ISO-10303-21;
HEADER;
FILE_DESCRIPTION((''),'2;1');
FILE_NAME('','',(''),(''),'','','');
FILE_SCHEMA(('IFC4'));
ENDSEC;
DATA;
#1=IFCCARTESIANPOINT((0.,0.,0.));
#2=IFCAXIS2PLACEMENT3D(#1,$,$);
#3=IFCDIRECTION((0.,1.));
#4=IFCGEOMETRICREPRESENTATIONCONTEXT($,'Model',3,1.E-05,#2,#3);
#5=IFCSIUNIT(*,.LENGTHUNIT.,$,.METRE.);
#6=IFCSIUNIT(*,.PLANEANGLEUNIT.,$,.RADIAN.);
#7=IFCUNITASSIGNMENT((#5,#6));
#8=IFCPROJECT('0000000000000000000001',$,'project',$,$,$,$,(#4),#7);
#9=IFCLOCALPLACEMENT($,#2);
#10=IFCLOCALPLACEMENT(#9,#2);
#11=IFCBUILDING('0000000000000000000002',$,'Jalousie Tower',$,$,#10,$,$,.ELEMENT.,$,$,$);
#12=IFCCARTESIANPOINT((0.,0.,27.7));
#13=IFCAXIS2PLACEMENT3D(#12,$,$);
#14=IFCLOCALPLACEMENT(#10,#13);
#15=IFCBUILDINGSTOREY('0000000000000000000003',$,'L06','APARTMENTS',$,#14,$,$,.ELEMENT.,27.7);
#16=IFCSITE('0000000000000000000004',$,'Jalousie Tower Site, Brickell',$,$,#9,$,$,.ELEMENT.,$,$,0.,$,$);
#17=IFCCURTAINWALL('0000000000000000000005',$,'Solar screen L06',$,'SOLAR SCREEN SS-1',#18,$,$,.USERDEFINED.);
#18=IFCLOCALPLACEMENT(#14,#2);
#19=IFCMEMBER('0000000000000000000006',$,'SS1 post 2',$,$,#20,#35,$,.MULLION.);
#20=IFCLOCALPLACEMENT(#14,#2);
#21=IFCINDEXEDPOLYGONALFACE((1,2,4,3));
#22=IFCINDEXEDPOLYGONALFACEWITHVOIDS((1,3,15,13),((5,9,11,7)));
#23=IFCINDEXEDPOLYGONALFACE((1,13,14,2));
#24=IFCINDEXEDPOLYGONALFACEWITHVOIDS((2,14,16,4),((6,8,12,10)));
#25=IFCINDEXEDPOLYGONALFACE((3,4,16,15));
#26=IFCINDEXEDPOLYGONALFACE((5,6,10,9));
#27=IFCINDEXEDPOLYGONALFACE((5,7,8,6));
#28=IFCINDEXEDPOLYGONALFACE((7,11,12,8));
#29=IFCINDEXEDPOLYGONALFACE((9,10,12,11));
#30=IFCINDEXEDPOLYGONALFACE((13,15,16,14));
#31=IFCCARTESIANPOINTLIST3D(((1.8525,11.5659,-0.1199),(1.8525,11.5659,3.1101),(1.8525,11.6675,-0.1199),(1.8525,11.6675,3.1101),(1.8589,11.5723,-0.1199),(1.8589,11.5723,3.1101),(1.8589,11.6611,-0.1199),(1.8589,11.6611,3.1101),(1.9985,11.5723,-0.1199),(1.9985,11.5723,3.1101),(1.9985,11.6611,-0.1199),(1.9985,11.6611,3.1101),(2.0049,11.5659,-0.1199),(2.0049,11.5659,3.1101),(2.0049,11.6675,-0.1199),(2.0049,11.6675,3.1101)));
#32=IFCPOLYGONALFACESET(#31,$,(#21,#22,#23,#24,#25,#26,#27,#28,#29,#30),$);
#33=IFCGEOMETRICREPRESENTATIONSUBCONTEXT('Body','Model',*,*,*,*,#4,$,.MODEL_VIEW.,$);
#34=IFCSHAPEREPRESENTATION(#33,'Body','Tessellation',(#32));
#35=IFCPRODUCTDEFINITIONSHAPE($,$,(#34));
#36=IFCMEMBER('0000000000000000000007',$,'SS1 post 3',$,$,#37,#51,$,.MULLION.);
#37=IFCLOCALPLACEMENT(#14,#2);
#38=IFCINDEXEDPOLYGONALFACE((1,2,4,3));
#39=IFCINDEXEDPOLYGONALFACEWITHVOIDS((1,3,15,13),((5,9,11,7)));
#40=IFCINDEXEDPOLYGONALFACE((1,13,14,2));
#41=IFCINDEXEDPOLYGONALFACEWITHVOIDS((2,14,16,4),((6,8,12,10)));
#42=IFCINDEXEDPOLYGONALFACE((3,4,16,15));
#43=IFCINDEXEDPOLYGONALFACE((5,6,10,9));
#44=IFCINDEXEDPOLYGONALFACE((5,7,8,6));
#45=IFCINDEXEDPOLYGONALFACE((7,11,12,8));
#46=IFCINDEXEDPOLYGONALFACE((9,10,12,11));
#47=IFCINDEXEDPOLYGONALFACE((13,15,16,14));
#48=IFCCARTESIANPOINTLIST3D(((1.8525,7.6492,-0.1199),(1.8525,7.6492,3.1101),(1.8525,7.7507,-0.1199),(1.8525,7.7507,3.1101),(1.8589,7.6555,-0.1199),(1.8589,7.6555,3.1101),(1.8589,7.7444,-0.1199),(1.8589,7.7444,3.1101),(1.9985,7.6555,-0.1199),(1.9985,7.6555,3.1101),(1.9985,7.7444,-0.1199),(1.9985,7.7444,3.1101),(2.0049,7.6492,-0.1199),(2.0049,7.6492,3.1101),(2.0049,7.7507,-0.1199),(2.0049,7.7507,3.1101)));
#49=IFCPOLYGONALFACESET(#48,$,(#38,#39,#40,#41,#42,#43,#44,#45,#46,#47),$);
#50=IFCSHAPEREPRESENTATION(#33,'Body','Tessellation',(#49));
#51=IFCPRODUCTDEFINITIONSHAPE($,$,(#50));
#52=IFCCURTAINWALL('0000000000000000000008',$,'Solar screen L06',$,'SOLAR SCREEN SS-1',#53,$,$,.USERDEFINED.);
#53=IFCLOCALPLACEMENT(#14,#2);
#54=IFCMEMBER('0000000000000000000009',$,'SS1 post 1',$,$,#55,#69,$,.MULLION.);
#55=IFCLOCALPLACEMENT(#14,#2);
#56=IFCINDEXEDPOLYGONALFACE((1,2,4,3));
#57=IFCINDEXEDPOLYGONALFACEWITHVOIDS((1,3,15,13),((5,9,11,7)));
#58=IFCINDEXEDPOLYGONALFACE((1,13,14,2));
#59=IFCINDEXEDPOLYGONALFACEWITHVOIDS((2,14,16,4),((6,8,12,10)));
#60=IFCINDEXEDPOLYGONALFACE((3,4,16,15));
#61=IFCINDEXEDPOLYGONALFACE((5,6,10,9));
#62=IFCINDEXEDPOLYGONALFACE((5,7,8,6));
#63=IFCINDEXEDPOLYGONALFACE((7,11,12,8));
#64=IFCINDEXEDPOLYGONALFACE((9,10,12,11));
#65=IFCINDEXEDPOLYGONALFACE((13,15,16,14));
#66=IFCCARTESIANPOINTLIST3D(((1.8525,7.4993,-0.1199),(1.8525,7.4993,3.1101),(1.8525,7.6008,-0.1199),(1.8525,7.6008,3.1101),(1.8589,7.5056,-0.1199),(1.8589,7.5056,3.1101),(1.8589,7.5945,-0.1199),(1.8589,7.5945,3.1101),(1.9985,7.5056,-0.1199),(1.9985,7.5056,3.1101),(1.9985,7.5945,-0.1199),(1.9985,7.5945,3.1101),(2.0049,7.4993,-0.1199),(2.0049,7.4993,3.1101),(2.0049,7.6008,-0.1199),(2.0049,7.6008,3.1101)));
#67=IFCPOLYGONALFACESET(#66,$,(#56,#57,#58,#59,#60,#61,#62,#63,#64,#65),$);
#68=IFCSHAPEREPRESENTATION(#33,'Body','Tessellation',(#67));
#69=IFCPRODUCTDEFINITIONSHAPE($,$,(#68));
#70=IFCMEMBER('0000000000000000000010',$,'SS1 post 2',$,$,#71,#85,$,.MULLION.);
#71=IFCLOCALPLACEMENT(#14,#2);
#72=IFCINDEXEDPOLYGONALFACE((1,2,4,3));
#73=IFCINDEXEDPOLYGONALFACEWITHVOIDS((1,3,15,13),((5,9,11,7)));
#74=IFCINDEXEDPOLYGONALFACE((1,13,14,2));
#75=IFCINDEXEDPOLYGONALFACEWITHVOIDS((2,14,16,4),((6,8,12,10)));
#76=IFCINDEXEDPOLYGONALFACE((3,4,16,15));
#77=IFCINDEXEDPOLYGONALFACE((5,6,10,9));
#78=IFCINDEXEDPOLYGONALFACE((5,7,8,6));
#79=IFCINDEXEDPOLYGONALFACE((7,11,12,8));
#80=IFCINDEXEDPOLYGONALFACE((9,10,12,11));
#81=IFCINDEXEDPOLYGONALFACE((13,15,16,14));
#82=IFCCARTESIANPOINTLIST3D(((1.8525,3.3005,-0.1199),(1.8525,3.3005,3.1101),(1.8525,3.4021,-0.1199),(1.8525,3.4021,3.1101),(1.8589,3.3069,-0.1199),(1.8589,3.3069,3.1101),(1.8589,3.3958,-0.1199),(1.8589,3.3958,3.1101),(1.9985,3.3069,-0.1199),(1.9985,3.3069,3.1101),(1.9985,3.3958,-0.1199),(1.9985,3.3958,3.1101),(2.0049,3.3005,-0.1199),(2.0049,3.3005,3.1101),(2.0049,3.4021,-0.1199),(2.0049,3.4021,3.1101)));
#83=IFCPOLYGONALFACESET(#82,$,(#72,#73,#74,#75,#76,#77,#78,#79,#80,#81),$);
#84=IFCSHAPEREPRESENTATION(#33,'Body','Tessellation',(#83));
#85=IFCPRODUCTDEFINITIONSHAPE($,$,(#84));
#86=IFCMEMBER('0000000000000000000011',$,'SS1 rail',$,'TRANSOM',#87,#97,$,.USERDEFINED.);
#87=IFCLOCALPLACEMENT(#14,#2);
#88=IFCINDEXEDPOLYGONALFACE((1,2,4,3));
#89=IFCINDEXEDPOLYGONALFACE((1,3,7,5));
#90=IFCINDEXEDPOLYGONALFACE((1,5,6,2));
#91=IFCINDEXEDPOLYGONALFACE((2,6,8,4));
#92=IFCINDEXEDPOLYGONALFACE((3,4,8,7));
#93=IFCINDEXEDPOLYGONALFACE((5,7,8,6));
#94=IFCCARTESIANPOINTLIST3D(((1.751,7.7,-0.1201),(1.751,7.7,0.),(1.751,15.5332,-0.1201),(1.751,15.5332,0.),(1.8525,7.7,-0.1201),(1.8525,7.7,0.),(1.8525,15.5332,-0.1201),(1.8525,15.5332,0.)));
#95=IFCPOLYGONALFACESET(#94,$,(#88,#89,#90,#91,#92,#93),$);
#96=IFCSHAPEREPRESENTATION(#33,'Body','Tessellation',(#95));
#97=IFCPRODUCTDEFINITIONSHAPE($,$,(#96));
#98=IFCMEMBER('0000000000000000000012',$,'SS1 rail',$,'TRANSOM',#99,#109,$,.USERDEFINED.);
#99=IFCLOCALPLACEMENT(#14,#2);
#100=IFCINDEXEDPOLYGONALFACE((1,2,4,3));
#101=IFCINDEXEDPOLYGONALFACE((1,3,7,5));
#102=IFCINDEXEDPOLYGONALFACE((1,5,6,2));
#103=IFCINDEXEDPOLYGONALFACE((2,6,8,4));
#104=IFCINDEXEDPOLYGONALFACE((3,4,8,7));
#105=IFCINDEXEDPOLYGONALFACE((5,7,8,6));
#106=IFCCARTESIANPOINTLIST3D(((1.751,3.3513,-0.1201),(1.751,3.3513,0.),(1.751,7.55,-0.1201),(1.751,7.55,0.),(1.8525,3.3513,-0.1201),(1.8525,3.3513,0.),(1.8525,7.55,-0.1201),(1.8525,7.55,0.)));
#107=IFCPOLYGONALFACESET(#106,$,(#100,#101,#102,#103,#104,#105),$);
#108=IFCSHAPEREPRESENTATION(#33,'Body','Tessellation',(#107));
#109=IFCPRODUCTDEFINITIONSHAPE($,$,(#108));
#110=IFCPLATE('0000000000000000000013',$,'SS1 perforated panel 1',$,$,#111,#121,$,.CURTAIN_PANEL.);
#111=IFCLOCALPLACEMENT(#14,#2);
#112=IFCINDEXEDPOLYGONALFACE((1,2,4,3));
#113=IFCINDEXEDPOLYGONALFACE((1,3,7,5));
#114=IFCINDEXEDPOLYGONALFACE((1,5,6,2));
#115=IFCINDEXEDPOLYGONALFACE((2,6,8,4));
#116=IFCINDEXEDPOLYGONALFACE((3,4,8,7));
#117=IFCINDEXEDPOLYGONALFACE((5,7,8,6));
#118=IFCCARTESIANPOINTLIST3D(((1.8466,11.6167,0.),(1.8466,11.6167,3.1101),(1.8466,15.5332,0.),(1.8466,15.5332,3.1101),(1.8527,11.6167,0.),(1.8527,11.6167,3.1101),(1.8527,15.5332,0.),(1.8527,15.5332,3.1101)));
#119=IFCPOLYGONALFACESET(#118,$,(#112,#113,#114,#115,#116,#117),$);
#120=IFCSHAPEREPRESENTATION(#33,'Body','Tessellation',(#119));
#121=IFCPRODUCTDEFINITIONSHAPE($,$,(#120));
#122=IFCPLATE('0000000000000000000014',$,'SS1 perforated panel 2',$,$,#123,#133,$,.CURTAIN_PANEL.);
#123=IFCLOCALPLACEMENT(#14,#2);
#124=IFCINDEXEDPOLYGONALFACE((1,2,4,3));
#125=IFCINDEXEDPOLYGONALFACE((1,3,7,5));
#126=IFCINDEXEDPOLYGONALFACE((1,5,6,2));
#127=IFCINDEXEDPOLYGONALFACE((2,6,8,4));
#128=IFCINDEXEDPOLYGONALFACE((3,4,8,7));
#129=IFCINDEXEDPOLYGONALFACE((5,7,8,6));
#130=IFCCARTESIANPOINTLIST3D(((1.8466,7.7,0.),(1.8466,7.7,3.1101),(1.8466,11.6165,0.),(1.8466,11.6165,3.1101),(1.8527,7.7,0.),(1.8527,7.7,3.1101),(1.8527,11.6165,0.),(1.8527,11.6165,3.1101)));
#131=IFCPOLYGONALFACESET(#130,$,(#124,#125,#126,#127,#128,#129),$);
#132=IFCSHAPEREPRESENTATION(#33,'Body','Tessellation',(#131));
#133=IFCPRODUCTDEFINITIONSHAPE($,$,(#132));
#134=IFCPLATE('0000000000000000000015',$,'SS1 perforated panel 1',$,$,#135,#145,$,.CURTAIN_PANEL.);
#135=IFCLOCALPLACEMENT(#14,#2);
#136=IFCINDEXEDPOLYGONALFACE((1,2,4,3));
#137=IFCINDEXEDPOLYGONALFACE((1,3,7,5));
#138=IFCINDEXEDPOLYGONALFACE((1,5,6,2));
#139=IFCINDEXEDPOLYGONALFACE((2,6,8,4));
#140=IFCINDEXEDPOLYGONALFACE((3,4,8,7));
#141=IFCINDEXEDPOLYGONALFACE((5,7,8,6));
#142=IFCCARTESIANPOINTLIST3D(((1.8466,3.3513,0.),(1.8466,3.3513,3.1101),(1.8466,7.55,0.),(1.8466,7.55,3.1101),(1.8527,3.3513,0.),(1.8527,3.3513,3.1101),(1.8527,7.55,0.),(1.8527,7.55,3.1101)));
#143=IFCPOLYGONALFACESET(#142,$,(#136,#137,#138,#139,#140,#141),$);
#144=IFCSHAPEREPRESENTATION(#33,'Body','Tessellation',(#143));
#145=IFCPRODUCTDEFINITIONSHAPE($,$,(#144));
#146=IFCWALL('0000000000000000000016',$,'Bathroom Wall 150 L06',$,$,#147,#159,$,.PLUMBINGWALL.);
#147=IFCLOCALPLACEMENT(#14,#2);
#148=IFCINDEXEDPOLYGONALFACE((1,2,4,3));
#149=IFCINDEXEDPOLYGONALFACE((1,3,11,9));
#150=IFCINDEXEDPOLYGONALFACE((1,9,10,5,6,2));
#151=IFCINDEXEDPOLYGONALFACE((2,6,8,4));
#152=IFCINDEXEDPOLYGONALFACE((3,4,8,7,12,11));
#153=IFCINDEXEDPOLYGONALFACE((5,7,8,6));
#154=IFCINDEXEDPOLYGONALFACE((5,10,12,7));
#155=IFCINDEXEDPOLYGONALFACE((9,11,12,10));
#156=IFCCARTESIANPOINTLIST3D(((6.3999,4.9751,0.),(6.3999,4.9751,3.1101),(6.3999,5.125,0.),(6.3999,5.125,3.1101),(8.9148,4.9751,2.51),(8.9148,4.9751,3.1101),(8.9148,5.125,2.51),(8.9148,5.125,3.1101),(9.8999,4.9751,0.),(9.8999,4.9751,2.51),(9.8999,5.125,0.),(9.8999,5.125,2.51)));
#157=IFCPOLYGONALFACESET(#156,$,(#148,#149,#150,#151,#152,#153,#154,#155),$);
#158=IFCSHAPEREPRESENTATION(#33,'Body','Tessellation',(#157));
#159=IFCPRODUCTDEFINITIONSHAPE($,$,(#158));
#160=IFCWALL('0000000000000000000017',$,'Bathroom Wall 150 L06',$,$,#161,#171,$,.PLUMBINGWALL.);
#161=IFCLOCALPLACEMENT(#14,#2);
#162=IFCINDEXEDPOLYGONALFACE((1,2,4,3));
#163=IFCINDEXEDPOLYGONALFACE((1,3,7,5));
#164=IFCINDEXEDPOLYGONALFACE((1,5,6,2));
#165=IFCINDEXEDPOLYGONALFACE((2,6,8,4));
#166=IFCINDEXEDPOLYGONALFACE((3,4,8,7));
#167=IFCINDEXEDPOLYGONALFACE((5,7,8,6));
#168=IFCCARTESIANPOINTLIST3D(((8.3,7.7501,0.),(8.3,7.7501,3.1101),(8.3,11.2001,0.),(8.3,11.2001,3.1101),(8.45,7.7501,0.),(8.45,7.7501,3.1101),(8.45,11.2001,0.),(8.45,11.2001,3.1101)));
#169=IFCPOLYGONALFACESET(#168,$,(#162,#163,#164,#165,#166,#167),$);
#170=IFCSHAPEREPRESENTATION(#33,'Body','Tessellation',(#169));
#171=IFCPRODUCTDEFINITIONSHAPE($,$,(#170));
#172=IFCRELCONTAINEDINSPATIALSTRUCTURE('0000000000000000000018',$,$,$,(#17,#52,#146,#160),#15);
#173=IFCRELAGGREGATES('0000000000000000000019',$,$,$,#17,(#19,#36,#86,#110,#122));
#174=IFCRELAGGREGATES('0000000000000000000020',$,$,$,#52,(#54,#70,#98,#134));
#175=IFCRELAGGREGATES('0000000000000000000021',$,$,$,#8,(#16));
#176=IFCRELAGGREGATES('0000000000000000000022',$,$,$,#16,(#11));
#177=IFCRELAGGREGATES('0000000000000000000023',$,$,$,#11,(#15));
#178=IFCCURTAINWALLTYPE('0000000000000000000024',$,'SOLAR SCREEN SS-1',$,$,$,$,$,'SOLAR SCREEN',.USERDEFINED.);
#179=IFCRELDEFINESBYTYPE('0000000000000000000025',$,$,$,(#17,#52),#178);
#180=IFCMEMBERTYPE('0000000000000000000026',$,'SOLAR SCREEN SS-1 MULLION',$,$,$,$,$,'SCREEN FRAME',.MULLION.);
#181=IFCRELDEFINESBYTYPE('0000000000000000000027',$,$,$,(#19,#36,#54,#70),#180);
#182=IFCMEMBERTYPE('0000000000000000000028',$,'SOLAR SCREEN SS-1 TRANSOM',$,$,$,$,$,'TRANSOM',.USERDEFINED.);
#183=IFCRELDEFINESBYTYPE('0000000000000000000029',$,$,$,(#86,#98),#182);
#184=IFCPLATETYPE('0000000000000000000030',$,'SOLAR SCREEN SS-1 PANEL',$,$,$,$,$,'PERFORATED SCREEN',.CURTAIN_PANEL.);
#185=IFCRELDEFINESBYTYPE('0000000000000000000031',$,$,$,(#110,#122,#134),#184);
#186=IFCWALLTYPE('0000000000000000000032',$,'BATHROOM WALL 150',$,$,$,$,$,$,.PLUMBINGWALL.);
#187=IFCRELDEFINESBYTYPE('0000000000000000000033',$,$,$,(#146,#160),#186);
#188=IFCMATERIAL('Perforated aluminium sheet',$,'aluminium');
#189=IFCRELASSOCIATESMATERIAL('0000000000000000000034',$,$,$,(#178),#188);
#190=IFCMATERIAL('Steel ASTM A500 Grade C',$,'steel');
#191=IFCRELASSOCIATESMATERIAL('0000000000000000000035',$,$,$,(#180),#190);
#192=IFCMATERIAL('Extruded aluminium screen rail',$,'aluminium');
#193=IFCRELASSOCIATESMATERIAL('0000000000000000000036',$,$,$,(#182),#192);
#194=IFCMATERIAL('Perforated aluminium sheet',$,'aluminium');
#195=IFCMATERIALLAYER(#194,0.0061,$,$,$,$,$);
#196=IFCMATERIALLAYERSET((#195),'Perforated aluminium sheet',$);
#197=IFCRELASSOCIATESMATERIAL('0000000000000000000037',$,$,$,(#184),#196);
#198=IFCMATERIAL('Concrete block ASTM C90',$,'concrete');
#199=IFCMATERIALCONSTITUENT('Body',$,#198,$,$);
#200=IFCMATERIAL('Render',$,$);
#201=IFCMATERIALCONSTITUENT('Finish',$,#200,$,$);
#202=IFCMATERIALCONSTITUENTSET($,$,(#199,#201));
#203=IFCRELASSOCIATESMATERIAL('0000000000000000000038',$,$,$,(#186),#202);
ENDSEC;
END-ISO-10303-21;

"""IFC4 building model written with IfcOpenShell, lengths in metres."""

from ifc_helpers import new_model, si_unit, direction, frame, frame_2d, origin, origin_2d, place, context, subcontext, project, spatial, polyline, rectangle, hollow_rectangle, outline, extrude, material, layer, layer_set, constituent, constituent_set, material_profile, profile_set, type_object, element, aggregate, save


model = new_model("IFC4")

# Units and contexts
model_context = context("Model", 3, precision=1e-05, world=origin(), true_north=direction((0.0, 1.0)))
body_context = subcontext(model_context, "Body", "Model", "MODEL_VIEW")
ifc_project = project(units=[si_unit("LENGTHUNIT", "METRE"), si_unit("PLANEANGLEUNIT", "RADIAN")], contexts=[model_context])

# Site, building, storey
site_placement = place(None, origin())
site = spatial("IfcSite", under=ifc_project, at=site_placement, Name="Jalousie Tower Site, Brickell", CompositionType="ELEMENT", RefElevation=0.0)
building_placement = place(site_placement, origin())
building = spatial("IfcBuilding", under=site, at=building_placement, Name="Jalousie Tower", CompositionType="ELEMENT")
storey_placement = place(building_placement, frame((0.0, 0.0, 27.7)))
storey = spatial("IfcBuildingStorey", under=building, at=storey_placement, Name="L06", Description="APARTMENTS", CompositionType="ELEMENT", Elevation=27.7)

# Curtain walls, members
ifc_material_1 = material(Name="Perforated aluminium sheet", Category="aluminium")
curtain_wall_type_1 = type_object("IfcCurtainWallType", Name="SOLAR SCREEN SS-1", ElementType="SOLAR SCREEN", PredefinedType="USERDEFINED", material=ifc_material_1)
curtain_wall_1_placement = place(storey_placement, origin())
curtain_wall_1 = element("IfcCurtainWall", 1, at=curtain_wall_1_placement, inside=storey, type_object=curtain_wall_type_1, Name="Solar screen L06", ObjectType="SOLAR SCREEN SS-1", PredefinedType="USERDEFINED")
ifc_material_2 = material(Name="Steel ASTM A500 Grade C", Category="steel")
ifc_material_profile_1 = material_profile(ifc_material_2, hollow_rectangle(XDim=0.1016, YDim=0.1523, WallThickness=0.0063, at=origin_2d()), Name="HSS6X4X1/4")
ifc_profile_set_1 = profile_set([ifc_material_profile_1], Name="Steel ASTM A500 Grade C")
member_type_1 = type_object("IfcMemberType", Name="SOLAR SCREEN SS-1 MULLION", ElementType="SCREEN FRAME", PredefinedType="MULLION", material=ifc_profile_set_1)
member_1_placement = place(storey_placement, frame((1.9287, 11.6167, -0.1199), z_axis=(0.0, 0.0, 1.0), x_axis=(0.0, -1.0, 0.0)))
member_1 = element("IfcMember", 2, at=member_1_placement, type_object=member_type_1, Name="SS1 post 2", PredefinedType="MULLION", context=body_context, shape_type="SweptSolid", body=[
    extrude(hollow_rectangle(XDim=0.1016, YDim=0.1523, WallThickness=0.0063, at=origin_2d()), origin(), (0.0, 0.0, 1.0), 3.23),
])
member_2_placement = place(storey_placement, frame((1.9287, 7.7, -0.1199), z_axis=(0.0, 0.0, 1.0), x_axis=(0.0, -1.0, 0.0)))
member_2 = element("IfcMember", 3, at=member_2_placement, type_object=member_type_1, Name="SS1 post 3", PredefinedType="MULLION", context=body_context, shape_type="SweptSolid", body=[
    extrude(hollow_rectangle(XDim=0.1016, YDim=0.1523, WallThickness=0.0063, at=origin_2d()), origin(), (0.0, 0.0, 1.0), 3.23),
])
curtain_wall_2_placement = place(storey_placement, origin())
curtain_wall_2 = element("IfcCurtainWall", 4, at=curtain_wall_2_placement, inside=storey, type_object=curtain_wall_type_1, Name="Solar screen L06", ObjectType="SOLAR SCREEN SS-1", PredefinedType="USERDEFINED")
member_3_placement = place(storey_placement, frame((1.9287, 7.55, -0.1199), z_axis=(0.0, 0.0, 1.0), x_axis=(0.0, -1.0, 0.0)))
member_3 = element("IfcMember", 5, at=member_3_placement, type_object=member_type_1, Name="SS1 post 1", PredefinedType="MULLION", context=body_context, shape_type="SweptSolid", body=[
    extrude(hollow_rectangle(XDim=0.1016, YDim=0.1523, WallThickness=0.0063, at=origin_2d()), origin(), (0.0, 0.0, 1.0), 3.23),
])
member_4_placement = place(storey_placement, frame((1.9287, 3.3513, -0.1199), z_axis=(0.0, 0.0, 1.0), x_axis=(0.0, -1.0, 0.0)))
member_4 = element("IfcMember", 6, at=member_4_placement, type_object=member_type_1, Name="SS1 post 2", PredefinedType="MULLION", context=body_context, shape_type="SweptSolid", body=[
    extrude(hollow_rectangle(XDim=0.1016, YDim=0.1523, WallThickness=0.0063, at=origin_2d()), origin(), (0.0, 0.0, 1.0), 3.23),
])

# Members
ifc_material_3 = material(Name="Extruded aluminium screen rail", Category="aluminium")
ifc_material_profile_2 = material_profile(ifc_material_3, rectangle(XDim=0.1016, YDim=0.1201, at=origin_2d()), Name="RAIL 102x120")
ifc_profile_set_2 = profile_set([ifc_material_profile_2], Name="Extruded aluminium screen rail")
member_type_2 = type_object("IfcMemberType", Name="SOLAR SCREEN SS-1 TRANSOM", ElementType="TRANSOM", PredefinedType="USERDEFINED", material=ifc_profile_set_2)
member_5_placement = place(storey_placement, frame((1.8018, 15.5332, -0.0601), z_axis=(0.0, -1.0, 0.0), x_axis=(1.0, 0.0, 0.0)))
member_5 = element("IfcMember", 7, at=member_5_placement, type_object=member_type_2, Name="SS1 rail", ObjectType="TRANSOM", PredefinedType="USERDEFINED", context=body_context, shape_type="SweptSolid", body=[
    extrude(rectangle(XDim=0.1016, YDim=0.1201, at=origin_2d()), origin(), (0.0, 0.0, 1.0), 7.8333),
])
member_6_placement = place(storey_placement, frame((1.8018, 7.55, -0.0601), z_axis=(0.0, -1.0, 0.0), x_axis=(1.0, 0.0, 0.0)))
member_6 = element("IfcMember", 8, at=member_6_placement, type_object=member_type_2, Name="SS1 rail", ObjectType="TRANSOM", PredefinedType="USERDEFINED", context=body_context, shape_type="SweptSolid", body=[
    extrude(rectangle(XDim=0.1016, YDim=0.1201, at=origin_2d()), origin(), (0.0, 0.0, 1.0), 4.1987),
])

# Plates
ifc_material_4 = material(Name="Perforated aluminium sheet", Category="aluminium")
ifc_layer_1 = layer(ifc_material_4, 0.0061)
ifc_layer_set_1 = layer_set([ifc_layer_1], Name="Perforated aluminium sheet")
plate_type = type_object("IfcPlateType", Name="SOLAR SCREEN SS-1 PANEL", ElementType="PERFORATED SCREEN", PredefinedType="CURTAIN_PANEL", material=ifc_layer_set_1)
plate_1_placement = place(storey_placement, frame((1.8496, 13.575, 0.0), z_axis=(0.0, 0.0, 1.0), x_axis=(0.0, -1.0, 0.0)))
plate_1 = element("IfcPlate", 9, at=plate_1_placement, type_object=plate_type, Name="SS1 perforated panel 1", PredefinedType="CURTAIN_PANEL", context=body_context, shape_type="SweptSolid", body=[
    extrude(rectangle(XDim=3.9165, YDim=0.0061, at=origin_2d()), origin(), (0.0, 0.0, 1.0), 3.1101),
])
plate_2_placement = place(storey_placement, frame((1.8496, 9.6582, 0.0), z_axis=(0.0, 0.0, 1.0), x_axis=(0.0, -1.0, 0.0)))
plate_2 = element("IfcPlate", 10, at=plate_2_placement, type_object=plate_type, Name="SS1 perforated panel 2", PredefinedType="CURTAIN_PANEL", context=body_context, shape_type="SweptSolid", body=[
    extrude(rectangle(XDim=3.9165, YDim=0.0061, at=origin_2d()), origin(), (0.0, 0.0, 1.0), 3.1101),
])
aggregate(curtain_wall_1, [member_1, member_2, member_5, plate_1, plate_2])
plate_3_placement = place(storey_placement, frame((1.8496, 5.4507, 0.0), z_axis=(0.0, 0.0, 1.0), x_axis=(0.0, -1.0, 0.0)))
plate_3 = element("IfcPlate", 11, at=plate_3_placement, type_object=plate_type, Name="SS1 perforated panel 1", PredefinedType="CURTAIN_PANEL", context=body_context, shape_type="SweptSolid", body=[
    extrude(rectangle(XDim=4.1987, YDim=0.0061, at=origin_2d()), origin(), (0.0, 0.0, 1.0), 3.1101),
])
aggregate(curtain_wall_2, [member_3, member_4, member_6, plate_3])

# Walls
ifc_material_5 = material(Name="Concrete block ASTM C90", Category="concrete")
ifc_constituent_1 = constituent(ifc_material_5, Name="Body")
ifc_material_6 = material(Name="Render")
ifc_constituent_2 = constituent(ifc_material_6, Name="Finish")
ifc_constituent_set_1 = constituent_set(constituents=[ifc_constituent_1, ifc_constituent_2])
wall_type_1 = type_object("IfcWallType", Name="BATHROOM WALL 150", PredefinedType="PLUMBINGWALL", material=ifc_constituent_set_1)
wall_1_placement = place(storey_placement, frame((6.3999, 5.05, 0.0), z_axis=(0.0, 0.0, 1.0), x_axis=(1.0, 0.0, 0.0)))
element("IfcWall", 12, at=wall_1_placement, inside=storey, type_object=wall_type_1, Name="Bathroom Wall 150 L06", PredefinedType="PLUMBINGWALL", context=body_context, shape_type="SweptSolid", body=[
    extrude(outline(polyline([(0.0, 0.0), (3.5, 0.0), (3.5, 3.1101), (3.5, 2.51), (2.5149, 2.51), (2.5149, 3.1101), (0.0, 3.1101), (0.0, 0.0)])), frame((0.0, 0.075, 0.0), z_axis=(0.0, -1.0, 0.0), x_axis=(1.0, 0.0, 0.0)), (0.0, 0.0, 1.0), 0.1499),
])
wall_2_placement = place(storey_placement, frame((8.375, 7.75, 0.0), z_axis=(0.0, 0.0, 1.0), x_axis=(0.0, 1.0, 0.0)))
element("IfcWall", 13, at=wall_2_placement, inside=storey, type_object=wall_type_1, Name="Bathroom Wall 150 L06", PredefinedType="PLUMBINGWALL", context=body_context, shape_type="SweptSolid", body=[
    extrude(rectangle(XDim=3.45, YDim=0.1499, at=frame_2d((1.7251, 0.0))), origin(), (0.0, 0.0, 1.0), 3.1101),
])

save(model, "model.ifc")
